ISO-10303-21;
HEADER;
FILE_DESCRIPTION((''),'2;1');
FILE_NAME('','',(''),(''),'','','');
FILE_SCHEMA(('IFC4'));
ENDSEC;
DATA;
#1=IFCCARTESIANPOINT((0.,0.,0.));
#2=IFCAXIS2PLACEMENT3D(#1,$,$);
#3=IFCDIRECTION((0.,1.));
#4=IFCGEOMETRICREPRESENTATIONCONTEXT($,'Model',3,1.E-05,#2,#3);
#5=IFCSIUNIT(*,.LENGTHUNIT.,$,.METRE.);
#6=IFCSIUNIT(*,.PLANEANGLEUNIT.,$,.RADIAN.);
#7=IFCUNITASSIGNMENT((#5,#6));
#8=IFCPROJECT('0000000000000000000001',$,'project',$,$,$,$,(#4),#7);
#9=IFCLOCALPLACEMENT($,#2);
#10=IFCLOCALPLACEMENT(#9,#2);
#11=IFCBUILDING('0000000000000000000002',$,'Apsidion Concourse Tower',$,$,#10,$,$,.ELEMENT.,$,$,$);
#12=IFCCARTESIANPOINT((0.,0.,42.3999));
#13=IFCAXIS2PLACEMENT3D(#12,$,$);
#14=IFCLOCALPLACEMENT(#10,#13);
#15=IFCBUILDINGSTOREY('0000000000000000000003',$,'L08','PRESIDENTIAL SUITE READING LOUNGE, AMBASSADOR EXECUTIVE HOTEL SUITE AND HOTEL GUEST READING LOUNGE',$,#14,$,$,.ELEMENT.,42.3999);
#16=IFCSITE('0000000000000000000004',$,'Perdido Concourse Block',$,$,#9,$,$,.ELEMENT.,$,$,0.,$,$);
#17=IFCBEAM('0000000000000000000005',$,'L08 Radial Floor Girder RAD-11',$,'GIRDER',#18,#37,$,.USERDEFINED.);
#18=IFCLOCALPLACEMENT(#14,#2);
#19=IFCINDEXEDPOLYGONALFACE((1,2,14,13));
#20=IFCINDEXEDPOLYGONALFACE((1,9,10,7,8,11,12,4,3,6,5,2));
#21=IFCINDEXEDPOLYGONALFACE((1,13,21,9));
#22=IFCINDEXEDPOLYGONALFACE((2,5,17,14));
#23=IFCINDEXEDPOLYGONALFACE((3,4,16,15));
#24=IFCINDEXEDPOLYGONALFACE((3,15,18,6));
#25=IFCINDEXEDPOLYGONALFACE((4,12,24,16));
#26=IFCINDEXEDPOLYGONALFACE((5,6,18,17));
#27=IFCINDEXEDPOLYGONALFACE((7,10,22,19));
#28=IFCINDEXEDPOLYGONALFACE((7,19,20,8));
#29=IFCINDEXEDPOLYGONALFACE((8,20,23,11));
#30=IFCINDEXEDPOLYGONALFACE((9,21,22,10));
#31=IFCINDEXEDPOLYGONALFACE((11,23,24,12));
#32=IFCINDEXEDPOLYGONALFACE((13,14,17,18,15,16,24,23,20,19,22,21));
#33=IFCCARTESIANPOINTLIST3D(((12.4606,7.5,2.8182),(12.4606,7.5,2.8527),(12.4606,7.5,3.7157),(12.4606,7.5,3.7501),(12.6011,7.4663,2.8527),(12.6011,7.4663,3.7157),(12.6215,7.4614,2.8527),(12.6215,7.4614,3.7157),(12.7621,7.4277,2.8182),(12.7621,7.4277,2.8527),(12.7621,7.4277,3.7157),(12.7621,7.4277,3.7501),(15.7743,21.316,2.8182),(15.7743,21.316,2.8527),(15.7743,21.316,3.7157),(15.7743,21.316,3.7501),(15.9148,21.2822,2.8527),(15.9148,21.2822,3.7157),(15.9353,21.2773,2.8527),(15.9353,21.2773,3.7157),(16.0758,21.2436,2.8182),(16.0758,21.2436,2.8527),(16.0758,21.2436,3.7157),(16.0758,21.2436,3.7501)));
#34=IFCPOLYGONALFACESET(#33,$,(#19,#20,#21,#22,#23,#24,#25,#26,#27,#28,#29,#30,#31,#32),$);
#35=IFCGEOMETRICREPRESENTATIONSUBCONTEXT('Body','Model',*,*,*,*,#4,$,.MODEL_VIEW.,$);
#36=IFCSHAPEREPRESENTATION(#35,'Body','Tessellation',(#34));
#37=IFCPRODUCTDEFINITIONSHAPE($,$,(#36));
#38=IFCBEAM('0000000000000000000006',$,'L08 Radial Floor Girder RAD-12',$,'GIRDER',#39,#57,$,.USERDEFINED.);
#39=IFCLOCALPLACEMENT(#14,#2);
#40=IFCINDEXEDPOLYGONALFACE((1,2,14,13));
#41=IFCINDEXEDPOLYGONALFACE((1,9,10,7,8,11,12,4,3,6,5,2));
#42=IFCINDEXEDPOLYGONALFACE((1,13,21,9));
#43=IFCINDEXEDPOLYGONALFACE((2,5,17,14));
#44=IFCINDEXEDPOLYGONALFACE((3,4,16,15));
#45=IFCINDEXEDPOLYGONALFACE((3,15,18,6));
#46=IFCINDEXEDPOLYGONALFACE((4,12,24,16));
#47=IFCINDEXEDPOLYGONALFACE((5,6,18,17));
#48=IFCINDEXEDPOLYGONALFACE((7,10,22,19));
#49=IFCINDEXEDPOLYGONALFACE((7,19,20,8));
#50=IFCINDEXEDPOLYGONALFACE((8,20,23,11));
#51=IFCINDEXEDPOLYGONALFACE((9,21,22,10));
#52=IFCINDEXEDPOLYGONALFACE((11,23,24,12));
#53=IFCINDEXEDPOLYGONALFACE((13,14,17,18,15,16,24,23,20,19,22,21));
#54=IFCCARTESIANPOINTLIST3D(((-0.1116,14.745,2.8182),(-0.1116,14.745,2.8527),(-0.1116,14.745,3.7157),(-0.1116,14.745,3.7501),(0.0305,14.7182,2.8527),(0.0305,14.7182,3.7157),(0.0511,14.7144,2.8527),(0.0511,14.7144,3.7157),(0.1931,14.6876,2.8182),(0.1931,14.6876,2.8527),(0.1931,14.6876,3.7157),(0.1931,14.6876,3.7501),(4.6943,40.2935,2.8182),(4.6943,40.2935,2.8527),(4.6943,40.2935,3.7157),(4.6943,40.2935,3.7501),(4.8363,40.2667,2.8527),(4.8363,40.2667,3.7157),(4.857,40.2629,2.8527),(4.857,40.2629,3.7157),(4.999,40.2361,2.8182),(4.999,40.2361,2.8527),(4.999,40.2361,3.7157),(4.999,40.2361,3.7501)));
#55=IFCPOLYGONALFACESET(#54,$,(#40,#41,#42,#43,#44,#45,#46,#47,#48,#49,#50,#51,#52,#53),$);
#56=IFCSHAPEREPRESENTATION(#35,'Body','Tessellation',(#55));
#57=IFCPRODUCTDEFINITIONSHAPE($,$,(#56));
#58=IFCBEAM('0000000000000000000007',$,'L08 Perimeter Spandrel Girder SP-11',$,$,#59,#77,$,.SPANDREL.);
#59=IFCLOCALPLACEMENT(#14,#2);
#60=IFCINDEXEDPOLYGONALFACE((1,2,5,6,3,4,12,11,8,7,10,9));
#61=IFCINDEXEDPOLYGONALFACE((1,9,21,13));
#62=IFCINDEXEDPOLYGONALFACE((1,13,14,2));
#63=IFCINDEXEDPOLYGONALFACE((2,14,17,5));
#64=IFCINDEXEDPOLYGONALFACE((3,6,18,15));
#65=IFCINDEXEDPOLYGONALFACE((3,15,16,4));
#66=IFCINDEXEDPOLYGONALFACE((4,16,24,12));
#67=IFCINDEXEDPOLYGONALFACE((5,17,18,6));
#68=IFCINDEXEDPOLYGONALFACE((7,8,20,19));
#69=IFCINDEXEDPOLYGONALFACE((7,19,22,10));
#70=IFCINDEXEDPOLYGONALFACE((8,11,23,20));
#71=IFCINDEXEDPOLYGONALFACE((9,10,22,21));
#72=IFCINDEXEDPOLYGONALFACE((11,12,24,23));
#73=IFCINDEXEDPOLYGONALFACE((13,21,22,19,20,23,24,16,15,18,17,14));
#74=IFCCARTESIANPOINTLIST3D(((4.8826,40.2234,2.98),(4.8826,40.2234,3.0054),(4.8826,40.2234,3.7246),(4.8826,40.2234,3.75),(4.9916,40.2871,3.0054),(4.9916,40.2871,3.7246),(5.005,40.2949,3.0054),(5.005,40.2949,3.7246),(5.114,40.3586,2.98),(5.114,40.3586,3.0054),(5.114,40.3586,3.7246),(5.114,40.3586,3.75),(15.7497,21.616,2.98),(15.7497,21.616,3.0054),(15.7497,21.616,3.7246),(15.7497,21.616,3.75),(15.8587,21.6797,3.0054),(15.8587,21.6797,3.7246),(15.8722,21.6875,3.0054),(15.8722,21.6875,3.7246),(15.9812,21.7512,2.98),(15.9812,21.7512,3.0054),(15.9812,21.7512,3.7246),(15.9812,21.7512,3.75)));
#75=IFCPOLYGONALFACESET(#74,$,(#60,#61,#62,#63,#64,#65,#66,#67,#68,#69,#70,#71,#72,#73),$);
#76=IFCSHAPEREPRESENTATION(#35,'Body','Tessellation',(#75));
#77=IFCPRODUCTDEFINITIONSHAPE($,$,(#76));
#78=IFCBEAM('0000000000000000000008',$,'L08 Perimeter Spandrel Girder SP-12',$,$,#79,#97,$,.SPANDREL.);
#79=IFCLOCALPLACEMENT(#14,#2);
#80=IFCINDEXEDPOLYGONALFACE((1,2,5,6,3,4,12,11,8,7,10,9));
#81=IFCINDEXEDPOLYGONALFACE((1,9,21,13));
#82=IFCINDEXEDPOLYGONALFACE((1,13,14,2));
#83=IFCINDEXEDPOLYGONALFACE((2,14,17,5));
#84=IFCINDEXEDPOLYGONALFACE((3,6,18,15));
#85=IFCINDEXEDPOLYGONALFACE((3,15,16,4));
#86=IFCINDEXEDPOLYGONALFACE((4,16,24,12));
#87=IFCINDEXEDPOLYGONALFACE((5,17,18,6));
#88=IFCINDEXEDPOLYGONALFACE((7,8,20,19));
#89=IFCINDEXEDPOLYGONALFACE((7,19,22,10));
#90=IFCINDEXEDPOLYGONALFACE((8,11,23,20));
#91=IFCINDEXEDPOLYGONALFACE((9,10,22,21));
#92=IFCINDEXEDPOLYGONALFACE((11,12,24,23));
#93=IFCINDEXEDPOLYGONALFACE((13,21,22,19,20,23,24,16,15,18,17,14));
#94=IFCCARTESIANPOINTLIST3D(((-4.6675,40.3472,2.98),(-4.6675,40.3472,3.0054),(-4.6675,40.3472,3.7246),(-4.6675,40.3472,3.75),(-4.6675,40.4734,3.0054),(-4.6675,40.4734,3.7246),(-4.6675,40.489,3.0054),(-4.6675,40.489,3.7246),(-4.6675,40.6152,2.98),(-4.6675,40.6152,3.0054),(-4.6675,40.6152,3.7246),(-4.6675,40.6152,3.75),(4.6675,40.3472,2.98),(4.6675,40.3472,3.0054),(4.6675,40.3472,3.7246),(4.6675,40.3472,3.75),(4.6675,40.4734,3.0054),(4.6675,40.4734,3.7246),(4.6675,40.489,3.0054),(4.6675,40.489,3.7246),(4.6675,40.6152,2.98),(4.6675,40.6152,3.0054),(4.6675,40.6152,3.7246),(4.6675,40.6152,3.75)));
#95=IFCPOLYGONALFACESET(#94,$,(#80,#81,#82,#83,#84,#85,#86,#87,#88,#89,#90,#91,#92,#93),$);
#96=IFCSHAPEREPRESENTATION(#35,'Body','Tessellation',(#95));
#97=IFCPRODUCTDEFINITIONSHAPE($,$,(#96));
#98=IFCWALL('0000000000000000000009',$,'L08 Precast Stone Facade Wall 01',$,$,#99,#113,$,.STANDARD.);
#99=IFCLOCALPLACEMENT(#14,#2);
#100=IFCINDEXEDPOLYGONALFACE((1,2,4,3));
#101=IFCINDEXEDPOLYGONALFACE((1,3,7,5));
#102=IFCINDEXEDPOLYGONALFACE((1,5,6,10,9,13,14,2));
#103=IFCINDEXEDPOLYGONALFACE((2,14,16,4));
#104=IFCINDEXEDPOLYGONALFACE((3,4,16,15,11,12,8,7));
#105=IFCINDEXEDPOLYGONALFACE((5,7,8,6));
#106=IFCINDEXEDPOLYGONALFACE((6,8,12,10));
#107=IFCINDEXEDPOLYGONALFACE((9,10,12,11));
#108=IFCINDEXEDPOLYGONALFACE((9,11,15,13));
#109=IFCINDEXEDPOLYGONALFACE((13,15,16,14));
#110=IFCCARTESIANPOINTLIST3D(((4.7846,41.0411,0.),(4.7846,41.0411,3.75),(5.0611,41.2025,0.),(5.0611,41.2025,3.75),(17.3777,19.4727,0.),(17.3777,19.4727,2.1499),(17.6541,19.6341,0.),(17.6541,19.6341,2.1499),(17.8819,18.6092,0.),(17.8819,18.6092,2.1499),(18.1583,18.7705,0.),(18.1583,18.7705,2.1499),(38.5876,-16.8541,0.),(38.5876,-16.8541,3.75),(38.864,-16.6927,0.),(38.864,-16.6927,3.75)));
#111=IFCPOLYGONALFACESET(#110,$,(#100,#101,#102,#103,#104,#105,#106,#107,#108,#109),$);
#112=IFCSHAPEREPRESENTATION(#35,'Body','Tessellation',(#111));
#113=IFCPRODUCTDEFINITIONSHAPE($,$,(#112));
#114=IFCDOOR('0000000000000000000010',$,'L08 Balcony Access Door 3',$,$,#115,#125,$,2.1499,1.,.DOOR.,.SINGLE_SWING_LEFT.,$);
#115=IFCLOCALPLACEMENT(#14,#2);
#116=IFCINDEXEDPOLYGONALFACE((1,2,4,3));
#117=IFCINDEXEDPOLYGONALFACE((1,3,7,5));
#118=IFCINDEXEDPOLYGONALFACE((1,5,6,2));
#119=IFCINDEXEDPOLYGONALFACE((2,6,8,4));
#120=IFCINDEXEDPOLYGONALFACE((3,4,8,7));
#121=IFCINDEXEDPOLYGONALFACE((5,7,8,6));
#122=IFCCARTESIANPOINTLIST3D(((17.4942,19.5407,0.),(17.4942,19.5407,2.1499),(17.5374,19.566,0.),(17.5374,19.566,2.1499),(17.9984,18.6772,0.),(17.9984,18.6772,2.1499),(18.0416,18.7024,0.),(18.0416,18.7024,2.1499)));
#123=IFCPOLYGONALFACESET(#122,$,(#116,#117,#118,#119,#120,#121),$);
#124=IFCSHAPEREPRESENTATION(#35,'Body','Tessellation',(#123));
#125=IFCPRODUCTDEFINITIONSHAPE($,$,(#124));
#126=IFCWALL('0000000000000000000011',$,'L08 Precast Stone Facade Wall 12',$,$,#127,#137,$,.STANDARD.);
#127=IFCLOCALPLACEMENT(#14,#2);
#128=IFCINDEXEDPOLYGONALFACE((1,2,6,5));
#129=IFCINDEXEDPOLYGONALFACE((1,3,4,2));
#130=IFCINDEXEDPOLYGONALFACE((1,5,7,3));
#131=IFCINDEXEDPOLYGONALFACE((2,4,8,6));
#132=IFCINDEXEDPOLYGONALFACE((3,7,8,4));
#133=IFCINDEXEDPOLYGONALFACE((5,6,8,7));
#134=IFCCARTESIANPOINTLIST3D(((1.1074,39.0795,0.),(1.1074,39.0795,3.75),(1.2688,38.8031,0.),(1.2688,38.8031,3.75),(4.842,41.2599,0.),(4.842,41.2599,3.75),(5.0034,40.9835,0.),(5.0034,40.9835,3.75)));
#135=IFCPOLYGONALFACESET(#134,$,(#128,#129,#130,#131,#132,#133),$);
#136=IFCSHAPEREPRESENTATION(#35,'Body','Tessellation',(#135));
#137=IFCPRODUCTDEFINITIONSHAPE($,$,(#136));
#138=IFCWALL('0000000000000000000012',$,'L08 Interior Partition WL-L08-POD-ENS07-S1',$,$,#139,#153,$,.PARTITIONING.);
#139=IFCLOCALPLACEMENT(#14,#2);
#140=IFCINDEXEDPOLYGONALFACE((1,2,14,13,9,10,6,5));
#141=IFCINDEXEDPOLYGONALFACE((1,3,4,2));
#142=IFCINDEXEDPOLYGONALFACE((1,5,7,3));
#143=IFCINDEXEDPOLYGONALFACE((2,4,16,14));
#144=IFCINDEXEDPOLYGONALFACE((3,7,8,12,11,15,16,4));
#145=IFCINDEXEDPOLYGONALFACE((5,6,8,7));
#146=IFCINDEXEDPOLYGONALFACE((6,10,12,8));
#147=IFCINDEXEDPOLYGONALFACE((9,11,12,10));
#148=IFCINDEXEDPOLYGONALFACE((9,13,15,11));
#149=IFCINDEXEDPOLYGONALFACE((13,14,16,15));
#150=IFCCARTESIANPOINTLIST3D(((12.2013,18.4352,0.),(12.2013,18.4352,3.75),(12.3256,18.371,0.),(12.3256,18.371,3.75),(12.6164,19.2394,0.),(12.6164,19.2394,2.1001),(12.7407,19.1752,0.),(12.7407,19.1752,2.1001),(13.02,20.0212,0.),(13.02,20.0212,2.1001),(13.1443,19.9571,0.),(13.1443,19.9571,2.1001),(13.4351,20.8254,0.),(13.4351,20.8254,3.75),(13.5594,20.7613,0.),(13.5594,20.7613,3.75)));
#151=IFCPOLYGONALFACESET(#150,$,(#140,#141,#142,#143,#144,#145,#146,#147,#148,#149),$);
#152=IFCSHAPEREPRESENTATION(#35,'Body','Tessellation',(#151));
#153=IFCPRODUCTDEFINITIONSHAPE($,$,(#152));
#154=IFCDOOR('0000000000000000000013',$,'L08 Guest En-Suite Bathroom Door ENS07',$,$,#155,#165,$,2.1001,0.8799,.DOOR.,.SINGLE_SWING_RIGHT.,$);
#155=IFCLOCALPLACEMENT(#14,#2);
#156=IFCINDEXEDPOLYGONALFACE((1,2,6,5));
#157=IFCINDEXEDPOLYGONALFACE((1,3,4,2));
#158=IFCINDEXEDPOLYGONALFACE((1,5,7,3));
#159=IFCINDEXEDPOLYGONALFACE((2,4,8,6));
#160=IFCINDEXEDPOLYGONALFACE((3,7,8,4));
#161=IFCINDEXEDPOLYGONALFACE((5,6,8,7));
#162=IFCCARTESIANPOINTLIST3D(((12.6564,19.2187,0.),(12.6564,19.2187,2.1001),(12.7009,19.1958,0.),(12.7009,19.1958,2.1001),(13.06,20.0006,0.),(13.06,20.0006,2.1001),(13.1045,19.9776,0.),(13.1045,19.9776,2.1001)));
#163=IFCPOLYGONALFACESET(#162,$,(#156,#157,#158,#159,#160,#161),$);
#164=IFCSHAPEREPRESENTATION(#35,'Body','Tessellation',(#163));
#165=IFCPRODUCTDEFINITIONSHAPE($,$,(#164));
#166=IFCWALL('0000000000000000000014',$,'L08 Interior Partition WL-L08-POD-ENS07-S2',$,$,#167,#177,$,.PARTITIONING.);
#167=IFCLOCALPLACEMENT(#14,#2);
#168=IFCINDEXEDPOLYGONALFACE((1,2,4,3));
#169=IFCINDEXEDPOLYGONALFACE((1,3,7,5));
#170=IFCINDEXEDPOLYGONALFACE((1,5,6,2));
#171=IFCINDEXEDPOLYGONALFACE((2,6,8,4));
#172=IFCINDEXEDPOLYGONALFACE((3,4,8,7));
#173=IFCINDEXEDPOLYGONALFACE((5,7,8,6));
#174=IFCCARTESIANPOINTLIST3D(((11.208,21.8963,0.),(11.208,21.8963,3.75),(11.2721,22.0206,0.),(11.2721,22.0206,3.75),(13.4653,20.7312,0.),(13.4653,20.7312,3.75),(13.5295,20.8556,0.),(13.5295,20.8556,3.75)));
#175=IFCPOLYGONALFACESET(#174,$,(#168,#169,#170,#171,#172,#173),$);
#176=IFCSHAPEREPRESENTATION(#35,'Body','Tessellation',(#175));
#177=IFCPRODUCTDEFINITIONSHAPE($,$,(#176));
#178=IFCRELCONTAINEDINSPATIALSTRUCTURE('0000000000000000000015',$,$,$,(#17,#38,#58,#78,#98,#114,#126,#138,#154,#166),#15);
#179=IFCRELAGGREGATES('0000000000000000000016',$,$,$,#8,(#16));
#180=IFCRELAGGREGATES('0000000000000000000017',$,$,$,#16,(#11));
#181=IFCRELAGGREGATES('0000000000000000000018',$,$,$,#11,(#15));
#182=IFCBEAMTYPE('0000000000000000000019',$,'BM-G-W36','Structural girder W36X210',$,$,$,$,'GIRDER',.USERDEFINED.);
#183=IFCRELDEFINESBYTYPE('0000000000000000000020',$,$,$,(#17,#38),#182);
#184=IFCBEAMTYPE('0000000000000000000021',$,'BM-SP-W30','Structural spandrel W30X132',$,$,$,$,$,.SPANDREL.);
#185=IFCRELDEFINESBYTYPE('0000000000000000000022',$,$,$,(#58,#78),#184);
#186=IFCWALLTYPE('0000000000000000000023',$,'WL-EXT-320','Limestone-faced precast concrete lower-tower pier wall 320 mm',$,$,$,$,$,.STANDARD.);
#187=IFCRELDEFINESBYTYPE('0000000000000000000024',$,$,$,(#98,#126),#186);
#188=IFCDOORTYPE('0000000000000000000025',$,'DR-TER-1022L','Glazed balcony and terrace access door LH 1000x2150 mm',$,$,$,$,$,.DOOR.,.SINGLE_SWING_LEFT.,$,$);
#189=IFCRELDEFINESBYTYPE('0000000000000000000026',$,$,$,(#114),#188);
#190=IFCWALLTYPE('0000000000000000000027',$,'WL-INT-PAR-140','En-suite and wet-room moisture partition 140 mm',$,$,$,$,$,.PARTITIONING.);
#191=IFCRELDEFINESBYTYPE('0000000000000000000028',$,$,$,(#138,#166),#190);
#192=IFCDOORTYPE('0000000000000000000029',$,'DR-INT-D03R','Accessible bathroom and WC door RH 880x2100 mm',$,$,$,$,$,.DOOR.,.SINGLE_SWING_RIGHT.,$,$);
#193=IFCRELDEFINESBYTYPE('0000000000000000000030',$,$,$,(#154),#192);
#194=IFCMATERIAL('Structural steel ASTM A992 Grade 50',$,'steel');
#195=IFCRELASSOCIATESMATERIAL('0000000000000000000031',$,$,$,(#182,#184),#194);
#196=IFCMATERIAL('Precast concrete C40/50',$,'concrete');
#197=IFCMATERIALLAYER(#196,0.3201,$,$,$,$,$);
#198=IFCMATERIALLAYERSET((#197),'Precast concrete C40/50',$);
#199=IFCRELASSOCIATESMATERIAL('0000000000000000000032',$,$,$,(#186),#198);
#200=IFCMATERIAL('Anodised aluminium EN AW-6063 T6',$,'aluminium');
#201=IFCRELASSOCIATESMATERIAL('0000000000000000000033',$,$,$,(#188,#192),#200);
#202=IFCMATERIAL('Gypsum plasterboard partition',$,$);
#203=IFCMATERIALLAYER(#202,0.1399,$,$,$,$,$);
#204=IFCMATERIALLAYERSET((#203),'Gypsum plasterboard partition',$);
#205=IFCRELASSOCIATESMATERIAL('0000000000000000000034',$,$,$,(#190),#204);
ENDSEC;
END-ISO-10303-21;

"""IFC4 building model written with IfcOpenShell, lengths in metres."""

from ifc_helpers import new_model, si_unit, direction, frame, frame_2d, origin, origin_2d, place, context, subcontext, project, spatial, rectangle, i_section, extrude, material, layer, layer_set, material_profile, profile_set, type_object, element, fill, save


model = new_model("IFC4")

# Units and contexts
model_context = context("Model", 3, precision=1e-05, world=origin(), true_north=direction((0.0, 1.0)))
body_context = subcontext(model_context, "Body", "Model", "MODEL_VIEW")
ifc_project = project(units=[si_unit("LENGTHUNIT", "METRE"), si_unit("PLANEANGLEUNIT", "RADIAN")], contexts=[model_context])

# Site, building, storey
site_placement = place(None, origin())
site = spatial("IfcSite", under=ifc_project, at=site_placement, Name="Perdido Concourse Block", CompositionType="ELEMENT", RefElevation=0.0)
building_placement = place(site_placement, origin())
building = spatial("IfcBuilding", under=site, at=building_placement, Name="Apsidion Concourse Tower", CompositionType="ELEMENT")
storey_placement = place(building_placement, frame((0.0, 0.0, 42.3999)))
storey = spatial("IfcBuildingStorey", under=building, at=storey_placement, Name="L08", Description="PRESIDENTIAL SUITE READING LOUNGE, AMBASSADOR EXECUTIVE HOTEL SUITE AND HOTEL GUEST READING LOUNGE", CompositionType="ELEMENT", Elevation=42.3999)

# Beams
ifc_material_1 = material(Name="Structural steel ASTM A992 Grade 50", Category="steel")
ifc_material_profile_1 = material_profile(ifc_material_1, i_section(OverallWidth=0.3101, OverallDepth=0.9319, WebThickness=0.021, FlangeThickness=0.0344, at=origin_2d()), Name="W36X210")
ifc_profile_set_1 = profile_set([ifc_material_profile_1], Name="Structural steel ASTM A992 Grade 50")
beam_type_1 = type_object("IfcBeamType", Name="BM-G-W36", Description="Structural girder W36X210", ElementType="GIRDER", PredefinedType="USERDEFINED", material=ifc_profile_set_1)
beam_1_placement = place(storey_placement, frame((12.6113, 7.4639, 3.2842), z_axis=(0.233233, 0.972421, 0.0), x_axis=(-0.972421, 0.233233, 0.0)))
element("IfcBeam", 1, at=beam_1_placement, inside=storey, type_object=beam_type_1, Name="L08 Radial Floor Girder RAD-11", ObjectType="GIRDER", PredefinedType="USERDEFINED", context=body_context, shape_type="SweptSolid", body=[
    extrude(i_section(OverallWidth=0.3101, OverallDepth=0.9319, WebThickness=0.021, FlangeThickness=0.0344, at=origin_2d()), origin(), (0.0, 0.0, 1.0), 14.2078),
])
beam_2_placement = place(storey_placement, frame((0.0408, 14.7163, 3.2842), z_axis=(0.184866, 0.982764, 0.0), x_axis=(-0.982764, 0.184866, 0.0)))
element("IfcBeam", 2, at=beam_2_placement, inside=storey, type_object=beam_type_1, Name="L08 Radial Floor Girder RAD-12", ObjectType="GIRDER", PredefinedType="USERDEFINED", context=body_context, shape_type="SweptSolid", body=[
    extrude(i_section(OverallWidth=0.3101, OverallDepth=0.9319, WebThickness=0.021, FlangeThickness=0.0344, at=origin_2d()), origin(), (0.0, 0.0, 1.0), 25.9966),
])
ifc_material_profile_2 = material_profile(ifc_material_1, i_section(OverallWidth=0.2681, OverallDepth=0.77, WebThickness=0.0156, FlangeThickness=0.0254, at=origin_2d()), Name="W30X132")
ifc_profile_set_2 = profile_set([ifc_material_profile_2], Name="Structural steel ASTM A992 Grade 50")
beam_type_2 = type_object("IfcBeamType", Name="BM-SP-W30", Description="Structural spandrel W30X132", PredefinedType="SPANDREL", material=ifc_profile_set_2)
beam_3_placement = place(storey_placement, frame((15.8655, 21.6836, 3.365), z_axis=(-0.504316, 0.863519, 0.0), x_axis=(-0.863519, -0.504316, 0.0)))
element("IfcBeam", 3, at=beam_3_placement, inside=storey, type_object=beam_type_2, Name="L08 Perimeter Spandrel Girder SP-11", PredefinedType="SPANDREL", context=body_context, shape_type="SweptSolid", body=[
    extrude(i_section(OverallWidth=0.2681, OverallDepth=0.77, WebThickness=0.0156, FlangeThickness=0.0254, at=origin_2d()), origin(), (0.0, 0.0, 1.0), 21.5483),
])
beam_4_placement = place(storey_placement, frame((4.6675, 40.4812, 3.365), z_axis=(-1.0, 0.0, 0.0), x_axis=(0.0, -1.0, 0.0)))
element("IfcBeam", 4, at=beam_4_placement, inside=storey, type_object=beam_type_2, Name="L08 Perimeter Spandrel Girder SP-12", PredefinedType="SPANDREL", context=body_context, shape_type="SweptSolid", body=[
    extrude(i_section(OverallWidth=0.2681, OverallDepth=0.77, WebThickness=0.0156, FlangeThickness=0.0254, at=origin_2d()), origin(), (0.0, 0.0, 1.0), 9.335),
])

# Wall, opening, door
ifc_material_2 = material(Name="Precast concrete C40/50", Category="concrete")
ifc_layer_1 = layer(ifc_material_2, 0.3201)
ifc_layer_set_1 = layer_set([ifc_layer_1], Name="Precast concrete C40/50")
wall_type_1 = type_object("IfcWallType", Name="WL-EXT-320", Description="Limestone-faced precast concrete lower-tower pier wall 320 mm", PredefinedType="STANDARD", material=ifc_layer_set_1)
wall_1_placement = place(storey_placement, frame((4.9229, 41.1218, 0.0), z_axis=(0.0, 0.0, 1.0), x_axis=(0.504213, -0.863579, 0.0)))
wall_1 = element("IfcWall", 5, at=wall_1_placement, inside=storey, type_object=wall_type_1, Name="L08 Precast Stone Facade Wall 01", PredefinedType="STANDARD", context=body_context, shape_type="SweptSolid", body=[
    extrude(rectangle(XDim=67.041, YDim=0.3201, at=frame_2d((33.5205, 0.0))), origin(), (0.0, 0.0, 1.0), 3.75),
])
opening_1_placement = place(wall_1_placement, frame((24.9756, 0.0, 0.0)))
opening_1 = element("IfcOpeningElement", 6, at=opening_1_placement, cuts=wall_1, PredefinedType="OPENING", context=body_context, shape_type="SweptSolid", body=[
    extrude(rectangle(XDim=1.0, YDim=2.1499, at=frame_2d((0.5, 1.075))), frame((0.0, 0.1699, 0.0), z_axis=(0.0, -1.0, 0.0), x_axis=(1.0, 0.0, 0.0)), (0.0, 0.0, 1.0), 0.3401),
])
ifc_material_3 = material(Name="Anodised aluminium EN AW-6063 T6", Category="aluminium")
door_type_1 = type_object("IfcDoorType", Name="DR-TER-1022L", Description="Glazed balcony and terrace access door LH 1000x2150 mm", OperationType="SINGLE_SWING_LEFT", PredefinedType="DOOR", material=ifc_material_3)
door_1_placement = place(opening_1_placement, origin())
door_1 = element("IfcDoor", 7, at=door_1_placement, inside=storey, type_object=door_type_1, Name="L08 Balcony Access Door 3", OperationType="SINGLE_SWING_LEFT", OverallHeight=2.1499, OverallWidth=1.0, PredefinedType="DOOR", context=body_context, shape_type="SweptSolid", body=[
    extrude(rectangle(XDim=1.0, YDim=2.1499, at=frame_2d((0.5, 1.075))), frame((0.0, 0.0249, 0.0), z_axis=(0.0, -1.0, 0.0), x_axis=(1.0, 0.0, 0.0)), (0.0, 0.0, 1.0), 0.05),
])
fill(opening_1, door_1)

# Wall
wall_2_placement = place(storey_placement, frame((1.1882, 38.9414, 0.0), z_axis=(0.0, 0.0, 1.0), x_axis=(0.863588, 0.504197, 0.0)))
element("IfcWall", 8, at=wall_2_placement, inside=storey, type_object=wall_type_1, Name="L08 Precast Stone Facade Wall 12", PredefinedType="STANDARD", context=body_context, shape_type="SweptSolid", body=[
    extrude(rectangle(XDim=4.3245, YDim=0.3201, at=frame_2d((2.1621, 0.0))), origin(), (0.0, 0.0, 1.0), 3.75),
])

# Wall, opening, door
ifc_material_4 = material(Name="Gypsum plasterboard partition")
ifc_layer_2 = layer(ifc_material_4, 0.1399)
ifc_layer_set_2 = layer_set([ifc_layer_2], Name="Gypsum plasterboard partition")
wall_type_2 = type_object("IfcWallType", Name="WL-INT-PAR-140", Description="En-suite and wet-room moisture partition 140 mm", PredefinedType="PARTITIONING", material=ifc_layer_set_2)
wall_3_placement = place(storey_placement, frame((12.2634, 18.4031, 0.0), z_axis=(0.0, 0.0, 1.0), x_axis=(0.458685, 0.888599, 0.0)))
wall_3 = element("IfcWall", 9, at=wall_3_placement, inside=storey, type_object=wall_type_2, Name="L08 Interior Partition WL-L08-POD-ENS07-S1", PredefinedType="PARTITIONING", context=body_context, shape_type="SweptSolid", body=[
    extrude(rectangle(XDim=2.6899, YDim=0.1399, at=frame_2d((1.345, 0.0))), origin(), (0.0, 0.0, 1.0), 3.75),
])
opening_2_placement = place(wall_3_placement, frame((0.905, 0.0, 0.0)))
opening_2 = element("IfcOpeningElement", 10, at=opening_2_placement, cuts=wall_3, PredefinedType="OPENING", context=body_context, shape_type="SweptSolid", body=[
    extrude(rectangle(XDim=0.8799, YDim=2.1001, at=frame_2d((0.4399, 1.05))), frame((0.0, 0.0801, 0.0), z_axis=(0.0, -1.0, 0.0), x_axis=(1.0, 0.0, 0.0)), (0.0, 0.0, 1.0), 0.1599),
])
door_type_2 = type_object("IfcDoorType", Name="DR-INT-D03R", Description="Accessible bathroom and WC door RH 880x2100 mm", OperationType="SINGLE_SWING_RIGHT", PredefinedType="DOOR", material=ifc_material_3)
door_2_placement = place(opening_2_placement, origin())
door_2 = element("IfcDoor", 11, at=door_2_placement, inside=storey, type_object=door_type_2, Name="L08 Guest En-Suite Bathroom Door ENS07", OperationType="SINGLE_SWING_RIGHT", OverallHeight=2.1001, OverallWidth=0.8799, PredefinedType="DOOR", context=body_context, shape_type="SweptSolid", body=[
    extrude(rectangle(XDim=0.8799, YDim=2.1001, at=frame_2d((0.4399, 1.05))), frame((0.0, 0.0249, 0.0), z_axis=(0.0, -1.0, 0.0), x_axis=(1.0, 0.0, 0.0)), (0.0, 0.0, 1.0), 0.05),
])
fill(opening_2, door_2)

# Wall
wall_4_placement = place(storey_placement, frame((13.4973, 20.7935, 0.0), z_axis=(0.0, 0.0, 1.0), x_axis=(-0.888626, 0.458633, 0.0)))
element("IfcWall", 12, at=wall_4_placement, inside=storey, type_object=wall_type_2, Name="L08 Interior Partition WL-L08-POD-ENS07-S2", PredefinedType="PARTITIONING", context=body_context, shape_type="SweptSolid", body=[
    extrude(rectangle(XDim=2.5403, YDim=0.1399, at=frame_2d((1.27, 0.0))), origin(), (0.0, 0.0, 1.0), 3.75),
])

save(model, "model.ifc")
